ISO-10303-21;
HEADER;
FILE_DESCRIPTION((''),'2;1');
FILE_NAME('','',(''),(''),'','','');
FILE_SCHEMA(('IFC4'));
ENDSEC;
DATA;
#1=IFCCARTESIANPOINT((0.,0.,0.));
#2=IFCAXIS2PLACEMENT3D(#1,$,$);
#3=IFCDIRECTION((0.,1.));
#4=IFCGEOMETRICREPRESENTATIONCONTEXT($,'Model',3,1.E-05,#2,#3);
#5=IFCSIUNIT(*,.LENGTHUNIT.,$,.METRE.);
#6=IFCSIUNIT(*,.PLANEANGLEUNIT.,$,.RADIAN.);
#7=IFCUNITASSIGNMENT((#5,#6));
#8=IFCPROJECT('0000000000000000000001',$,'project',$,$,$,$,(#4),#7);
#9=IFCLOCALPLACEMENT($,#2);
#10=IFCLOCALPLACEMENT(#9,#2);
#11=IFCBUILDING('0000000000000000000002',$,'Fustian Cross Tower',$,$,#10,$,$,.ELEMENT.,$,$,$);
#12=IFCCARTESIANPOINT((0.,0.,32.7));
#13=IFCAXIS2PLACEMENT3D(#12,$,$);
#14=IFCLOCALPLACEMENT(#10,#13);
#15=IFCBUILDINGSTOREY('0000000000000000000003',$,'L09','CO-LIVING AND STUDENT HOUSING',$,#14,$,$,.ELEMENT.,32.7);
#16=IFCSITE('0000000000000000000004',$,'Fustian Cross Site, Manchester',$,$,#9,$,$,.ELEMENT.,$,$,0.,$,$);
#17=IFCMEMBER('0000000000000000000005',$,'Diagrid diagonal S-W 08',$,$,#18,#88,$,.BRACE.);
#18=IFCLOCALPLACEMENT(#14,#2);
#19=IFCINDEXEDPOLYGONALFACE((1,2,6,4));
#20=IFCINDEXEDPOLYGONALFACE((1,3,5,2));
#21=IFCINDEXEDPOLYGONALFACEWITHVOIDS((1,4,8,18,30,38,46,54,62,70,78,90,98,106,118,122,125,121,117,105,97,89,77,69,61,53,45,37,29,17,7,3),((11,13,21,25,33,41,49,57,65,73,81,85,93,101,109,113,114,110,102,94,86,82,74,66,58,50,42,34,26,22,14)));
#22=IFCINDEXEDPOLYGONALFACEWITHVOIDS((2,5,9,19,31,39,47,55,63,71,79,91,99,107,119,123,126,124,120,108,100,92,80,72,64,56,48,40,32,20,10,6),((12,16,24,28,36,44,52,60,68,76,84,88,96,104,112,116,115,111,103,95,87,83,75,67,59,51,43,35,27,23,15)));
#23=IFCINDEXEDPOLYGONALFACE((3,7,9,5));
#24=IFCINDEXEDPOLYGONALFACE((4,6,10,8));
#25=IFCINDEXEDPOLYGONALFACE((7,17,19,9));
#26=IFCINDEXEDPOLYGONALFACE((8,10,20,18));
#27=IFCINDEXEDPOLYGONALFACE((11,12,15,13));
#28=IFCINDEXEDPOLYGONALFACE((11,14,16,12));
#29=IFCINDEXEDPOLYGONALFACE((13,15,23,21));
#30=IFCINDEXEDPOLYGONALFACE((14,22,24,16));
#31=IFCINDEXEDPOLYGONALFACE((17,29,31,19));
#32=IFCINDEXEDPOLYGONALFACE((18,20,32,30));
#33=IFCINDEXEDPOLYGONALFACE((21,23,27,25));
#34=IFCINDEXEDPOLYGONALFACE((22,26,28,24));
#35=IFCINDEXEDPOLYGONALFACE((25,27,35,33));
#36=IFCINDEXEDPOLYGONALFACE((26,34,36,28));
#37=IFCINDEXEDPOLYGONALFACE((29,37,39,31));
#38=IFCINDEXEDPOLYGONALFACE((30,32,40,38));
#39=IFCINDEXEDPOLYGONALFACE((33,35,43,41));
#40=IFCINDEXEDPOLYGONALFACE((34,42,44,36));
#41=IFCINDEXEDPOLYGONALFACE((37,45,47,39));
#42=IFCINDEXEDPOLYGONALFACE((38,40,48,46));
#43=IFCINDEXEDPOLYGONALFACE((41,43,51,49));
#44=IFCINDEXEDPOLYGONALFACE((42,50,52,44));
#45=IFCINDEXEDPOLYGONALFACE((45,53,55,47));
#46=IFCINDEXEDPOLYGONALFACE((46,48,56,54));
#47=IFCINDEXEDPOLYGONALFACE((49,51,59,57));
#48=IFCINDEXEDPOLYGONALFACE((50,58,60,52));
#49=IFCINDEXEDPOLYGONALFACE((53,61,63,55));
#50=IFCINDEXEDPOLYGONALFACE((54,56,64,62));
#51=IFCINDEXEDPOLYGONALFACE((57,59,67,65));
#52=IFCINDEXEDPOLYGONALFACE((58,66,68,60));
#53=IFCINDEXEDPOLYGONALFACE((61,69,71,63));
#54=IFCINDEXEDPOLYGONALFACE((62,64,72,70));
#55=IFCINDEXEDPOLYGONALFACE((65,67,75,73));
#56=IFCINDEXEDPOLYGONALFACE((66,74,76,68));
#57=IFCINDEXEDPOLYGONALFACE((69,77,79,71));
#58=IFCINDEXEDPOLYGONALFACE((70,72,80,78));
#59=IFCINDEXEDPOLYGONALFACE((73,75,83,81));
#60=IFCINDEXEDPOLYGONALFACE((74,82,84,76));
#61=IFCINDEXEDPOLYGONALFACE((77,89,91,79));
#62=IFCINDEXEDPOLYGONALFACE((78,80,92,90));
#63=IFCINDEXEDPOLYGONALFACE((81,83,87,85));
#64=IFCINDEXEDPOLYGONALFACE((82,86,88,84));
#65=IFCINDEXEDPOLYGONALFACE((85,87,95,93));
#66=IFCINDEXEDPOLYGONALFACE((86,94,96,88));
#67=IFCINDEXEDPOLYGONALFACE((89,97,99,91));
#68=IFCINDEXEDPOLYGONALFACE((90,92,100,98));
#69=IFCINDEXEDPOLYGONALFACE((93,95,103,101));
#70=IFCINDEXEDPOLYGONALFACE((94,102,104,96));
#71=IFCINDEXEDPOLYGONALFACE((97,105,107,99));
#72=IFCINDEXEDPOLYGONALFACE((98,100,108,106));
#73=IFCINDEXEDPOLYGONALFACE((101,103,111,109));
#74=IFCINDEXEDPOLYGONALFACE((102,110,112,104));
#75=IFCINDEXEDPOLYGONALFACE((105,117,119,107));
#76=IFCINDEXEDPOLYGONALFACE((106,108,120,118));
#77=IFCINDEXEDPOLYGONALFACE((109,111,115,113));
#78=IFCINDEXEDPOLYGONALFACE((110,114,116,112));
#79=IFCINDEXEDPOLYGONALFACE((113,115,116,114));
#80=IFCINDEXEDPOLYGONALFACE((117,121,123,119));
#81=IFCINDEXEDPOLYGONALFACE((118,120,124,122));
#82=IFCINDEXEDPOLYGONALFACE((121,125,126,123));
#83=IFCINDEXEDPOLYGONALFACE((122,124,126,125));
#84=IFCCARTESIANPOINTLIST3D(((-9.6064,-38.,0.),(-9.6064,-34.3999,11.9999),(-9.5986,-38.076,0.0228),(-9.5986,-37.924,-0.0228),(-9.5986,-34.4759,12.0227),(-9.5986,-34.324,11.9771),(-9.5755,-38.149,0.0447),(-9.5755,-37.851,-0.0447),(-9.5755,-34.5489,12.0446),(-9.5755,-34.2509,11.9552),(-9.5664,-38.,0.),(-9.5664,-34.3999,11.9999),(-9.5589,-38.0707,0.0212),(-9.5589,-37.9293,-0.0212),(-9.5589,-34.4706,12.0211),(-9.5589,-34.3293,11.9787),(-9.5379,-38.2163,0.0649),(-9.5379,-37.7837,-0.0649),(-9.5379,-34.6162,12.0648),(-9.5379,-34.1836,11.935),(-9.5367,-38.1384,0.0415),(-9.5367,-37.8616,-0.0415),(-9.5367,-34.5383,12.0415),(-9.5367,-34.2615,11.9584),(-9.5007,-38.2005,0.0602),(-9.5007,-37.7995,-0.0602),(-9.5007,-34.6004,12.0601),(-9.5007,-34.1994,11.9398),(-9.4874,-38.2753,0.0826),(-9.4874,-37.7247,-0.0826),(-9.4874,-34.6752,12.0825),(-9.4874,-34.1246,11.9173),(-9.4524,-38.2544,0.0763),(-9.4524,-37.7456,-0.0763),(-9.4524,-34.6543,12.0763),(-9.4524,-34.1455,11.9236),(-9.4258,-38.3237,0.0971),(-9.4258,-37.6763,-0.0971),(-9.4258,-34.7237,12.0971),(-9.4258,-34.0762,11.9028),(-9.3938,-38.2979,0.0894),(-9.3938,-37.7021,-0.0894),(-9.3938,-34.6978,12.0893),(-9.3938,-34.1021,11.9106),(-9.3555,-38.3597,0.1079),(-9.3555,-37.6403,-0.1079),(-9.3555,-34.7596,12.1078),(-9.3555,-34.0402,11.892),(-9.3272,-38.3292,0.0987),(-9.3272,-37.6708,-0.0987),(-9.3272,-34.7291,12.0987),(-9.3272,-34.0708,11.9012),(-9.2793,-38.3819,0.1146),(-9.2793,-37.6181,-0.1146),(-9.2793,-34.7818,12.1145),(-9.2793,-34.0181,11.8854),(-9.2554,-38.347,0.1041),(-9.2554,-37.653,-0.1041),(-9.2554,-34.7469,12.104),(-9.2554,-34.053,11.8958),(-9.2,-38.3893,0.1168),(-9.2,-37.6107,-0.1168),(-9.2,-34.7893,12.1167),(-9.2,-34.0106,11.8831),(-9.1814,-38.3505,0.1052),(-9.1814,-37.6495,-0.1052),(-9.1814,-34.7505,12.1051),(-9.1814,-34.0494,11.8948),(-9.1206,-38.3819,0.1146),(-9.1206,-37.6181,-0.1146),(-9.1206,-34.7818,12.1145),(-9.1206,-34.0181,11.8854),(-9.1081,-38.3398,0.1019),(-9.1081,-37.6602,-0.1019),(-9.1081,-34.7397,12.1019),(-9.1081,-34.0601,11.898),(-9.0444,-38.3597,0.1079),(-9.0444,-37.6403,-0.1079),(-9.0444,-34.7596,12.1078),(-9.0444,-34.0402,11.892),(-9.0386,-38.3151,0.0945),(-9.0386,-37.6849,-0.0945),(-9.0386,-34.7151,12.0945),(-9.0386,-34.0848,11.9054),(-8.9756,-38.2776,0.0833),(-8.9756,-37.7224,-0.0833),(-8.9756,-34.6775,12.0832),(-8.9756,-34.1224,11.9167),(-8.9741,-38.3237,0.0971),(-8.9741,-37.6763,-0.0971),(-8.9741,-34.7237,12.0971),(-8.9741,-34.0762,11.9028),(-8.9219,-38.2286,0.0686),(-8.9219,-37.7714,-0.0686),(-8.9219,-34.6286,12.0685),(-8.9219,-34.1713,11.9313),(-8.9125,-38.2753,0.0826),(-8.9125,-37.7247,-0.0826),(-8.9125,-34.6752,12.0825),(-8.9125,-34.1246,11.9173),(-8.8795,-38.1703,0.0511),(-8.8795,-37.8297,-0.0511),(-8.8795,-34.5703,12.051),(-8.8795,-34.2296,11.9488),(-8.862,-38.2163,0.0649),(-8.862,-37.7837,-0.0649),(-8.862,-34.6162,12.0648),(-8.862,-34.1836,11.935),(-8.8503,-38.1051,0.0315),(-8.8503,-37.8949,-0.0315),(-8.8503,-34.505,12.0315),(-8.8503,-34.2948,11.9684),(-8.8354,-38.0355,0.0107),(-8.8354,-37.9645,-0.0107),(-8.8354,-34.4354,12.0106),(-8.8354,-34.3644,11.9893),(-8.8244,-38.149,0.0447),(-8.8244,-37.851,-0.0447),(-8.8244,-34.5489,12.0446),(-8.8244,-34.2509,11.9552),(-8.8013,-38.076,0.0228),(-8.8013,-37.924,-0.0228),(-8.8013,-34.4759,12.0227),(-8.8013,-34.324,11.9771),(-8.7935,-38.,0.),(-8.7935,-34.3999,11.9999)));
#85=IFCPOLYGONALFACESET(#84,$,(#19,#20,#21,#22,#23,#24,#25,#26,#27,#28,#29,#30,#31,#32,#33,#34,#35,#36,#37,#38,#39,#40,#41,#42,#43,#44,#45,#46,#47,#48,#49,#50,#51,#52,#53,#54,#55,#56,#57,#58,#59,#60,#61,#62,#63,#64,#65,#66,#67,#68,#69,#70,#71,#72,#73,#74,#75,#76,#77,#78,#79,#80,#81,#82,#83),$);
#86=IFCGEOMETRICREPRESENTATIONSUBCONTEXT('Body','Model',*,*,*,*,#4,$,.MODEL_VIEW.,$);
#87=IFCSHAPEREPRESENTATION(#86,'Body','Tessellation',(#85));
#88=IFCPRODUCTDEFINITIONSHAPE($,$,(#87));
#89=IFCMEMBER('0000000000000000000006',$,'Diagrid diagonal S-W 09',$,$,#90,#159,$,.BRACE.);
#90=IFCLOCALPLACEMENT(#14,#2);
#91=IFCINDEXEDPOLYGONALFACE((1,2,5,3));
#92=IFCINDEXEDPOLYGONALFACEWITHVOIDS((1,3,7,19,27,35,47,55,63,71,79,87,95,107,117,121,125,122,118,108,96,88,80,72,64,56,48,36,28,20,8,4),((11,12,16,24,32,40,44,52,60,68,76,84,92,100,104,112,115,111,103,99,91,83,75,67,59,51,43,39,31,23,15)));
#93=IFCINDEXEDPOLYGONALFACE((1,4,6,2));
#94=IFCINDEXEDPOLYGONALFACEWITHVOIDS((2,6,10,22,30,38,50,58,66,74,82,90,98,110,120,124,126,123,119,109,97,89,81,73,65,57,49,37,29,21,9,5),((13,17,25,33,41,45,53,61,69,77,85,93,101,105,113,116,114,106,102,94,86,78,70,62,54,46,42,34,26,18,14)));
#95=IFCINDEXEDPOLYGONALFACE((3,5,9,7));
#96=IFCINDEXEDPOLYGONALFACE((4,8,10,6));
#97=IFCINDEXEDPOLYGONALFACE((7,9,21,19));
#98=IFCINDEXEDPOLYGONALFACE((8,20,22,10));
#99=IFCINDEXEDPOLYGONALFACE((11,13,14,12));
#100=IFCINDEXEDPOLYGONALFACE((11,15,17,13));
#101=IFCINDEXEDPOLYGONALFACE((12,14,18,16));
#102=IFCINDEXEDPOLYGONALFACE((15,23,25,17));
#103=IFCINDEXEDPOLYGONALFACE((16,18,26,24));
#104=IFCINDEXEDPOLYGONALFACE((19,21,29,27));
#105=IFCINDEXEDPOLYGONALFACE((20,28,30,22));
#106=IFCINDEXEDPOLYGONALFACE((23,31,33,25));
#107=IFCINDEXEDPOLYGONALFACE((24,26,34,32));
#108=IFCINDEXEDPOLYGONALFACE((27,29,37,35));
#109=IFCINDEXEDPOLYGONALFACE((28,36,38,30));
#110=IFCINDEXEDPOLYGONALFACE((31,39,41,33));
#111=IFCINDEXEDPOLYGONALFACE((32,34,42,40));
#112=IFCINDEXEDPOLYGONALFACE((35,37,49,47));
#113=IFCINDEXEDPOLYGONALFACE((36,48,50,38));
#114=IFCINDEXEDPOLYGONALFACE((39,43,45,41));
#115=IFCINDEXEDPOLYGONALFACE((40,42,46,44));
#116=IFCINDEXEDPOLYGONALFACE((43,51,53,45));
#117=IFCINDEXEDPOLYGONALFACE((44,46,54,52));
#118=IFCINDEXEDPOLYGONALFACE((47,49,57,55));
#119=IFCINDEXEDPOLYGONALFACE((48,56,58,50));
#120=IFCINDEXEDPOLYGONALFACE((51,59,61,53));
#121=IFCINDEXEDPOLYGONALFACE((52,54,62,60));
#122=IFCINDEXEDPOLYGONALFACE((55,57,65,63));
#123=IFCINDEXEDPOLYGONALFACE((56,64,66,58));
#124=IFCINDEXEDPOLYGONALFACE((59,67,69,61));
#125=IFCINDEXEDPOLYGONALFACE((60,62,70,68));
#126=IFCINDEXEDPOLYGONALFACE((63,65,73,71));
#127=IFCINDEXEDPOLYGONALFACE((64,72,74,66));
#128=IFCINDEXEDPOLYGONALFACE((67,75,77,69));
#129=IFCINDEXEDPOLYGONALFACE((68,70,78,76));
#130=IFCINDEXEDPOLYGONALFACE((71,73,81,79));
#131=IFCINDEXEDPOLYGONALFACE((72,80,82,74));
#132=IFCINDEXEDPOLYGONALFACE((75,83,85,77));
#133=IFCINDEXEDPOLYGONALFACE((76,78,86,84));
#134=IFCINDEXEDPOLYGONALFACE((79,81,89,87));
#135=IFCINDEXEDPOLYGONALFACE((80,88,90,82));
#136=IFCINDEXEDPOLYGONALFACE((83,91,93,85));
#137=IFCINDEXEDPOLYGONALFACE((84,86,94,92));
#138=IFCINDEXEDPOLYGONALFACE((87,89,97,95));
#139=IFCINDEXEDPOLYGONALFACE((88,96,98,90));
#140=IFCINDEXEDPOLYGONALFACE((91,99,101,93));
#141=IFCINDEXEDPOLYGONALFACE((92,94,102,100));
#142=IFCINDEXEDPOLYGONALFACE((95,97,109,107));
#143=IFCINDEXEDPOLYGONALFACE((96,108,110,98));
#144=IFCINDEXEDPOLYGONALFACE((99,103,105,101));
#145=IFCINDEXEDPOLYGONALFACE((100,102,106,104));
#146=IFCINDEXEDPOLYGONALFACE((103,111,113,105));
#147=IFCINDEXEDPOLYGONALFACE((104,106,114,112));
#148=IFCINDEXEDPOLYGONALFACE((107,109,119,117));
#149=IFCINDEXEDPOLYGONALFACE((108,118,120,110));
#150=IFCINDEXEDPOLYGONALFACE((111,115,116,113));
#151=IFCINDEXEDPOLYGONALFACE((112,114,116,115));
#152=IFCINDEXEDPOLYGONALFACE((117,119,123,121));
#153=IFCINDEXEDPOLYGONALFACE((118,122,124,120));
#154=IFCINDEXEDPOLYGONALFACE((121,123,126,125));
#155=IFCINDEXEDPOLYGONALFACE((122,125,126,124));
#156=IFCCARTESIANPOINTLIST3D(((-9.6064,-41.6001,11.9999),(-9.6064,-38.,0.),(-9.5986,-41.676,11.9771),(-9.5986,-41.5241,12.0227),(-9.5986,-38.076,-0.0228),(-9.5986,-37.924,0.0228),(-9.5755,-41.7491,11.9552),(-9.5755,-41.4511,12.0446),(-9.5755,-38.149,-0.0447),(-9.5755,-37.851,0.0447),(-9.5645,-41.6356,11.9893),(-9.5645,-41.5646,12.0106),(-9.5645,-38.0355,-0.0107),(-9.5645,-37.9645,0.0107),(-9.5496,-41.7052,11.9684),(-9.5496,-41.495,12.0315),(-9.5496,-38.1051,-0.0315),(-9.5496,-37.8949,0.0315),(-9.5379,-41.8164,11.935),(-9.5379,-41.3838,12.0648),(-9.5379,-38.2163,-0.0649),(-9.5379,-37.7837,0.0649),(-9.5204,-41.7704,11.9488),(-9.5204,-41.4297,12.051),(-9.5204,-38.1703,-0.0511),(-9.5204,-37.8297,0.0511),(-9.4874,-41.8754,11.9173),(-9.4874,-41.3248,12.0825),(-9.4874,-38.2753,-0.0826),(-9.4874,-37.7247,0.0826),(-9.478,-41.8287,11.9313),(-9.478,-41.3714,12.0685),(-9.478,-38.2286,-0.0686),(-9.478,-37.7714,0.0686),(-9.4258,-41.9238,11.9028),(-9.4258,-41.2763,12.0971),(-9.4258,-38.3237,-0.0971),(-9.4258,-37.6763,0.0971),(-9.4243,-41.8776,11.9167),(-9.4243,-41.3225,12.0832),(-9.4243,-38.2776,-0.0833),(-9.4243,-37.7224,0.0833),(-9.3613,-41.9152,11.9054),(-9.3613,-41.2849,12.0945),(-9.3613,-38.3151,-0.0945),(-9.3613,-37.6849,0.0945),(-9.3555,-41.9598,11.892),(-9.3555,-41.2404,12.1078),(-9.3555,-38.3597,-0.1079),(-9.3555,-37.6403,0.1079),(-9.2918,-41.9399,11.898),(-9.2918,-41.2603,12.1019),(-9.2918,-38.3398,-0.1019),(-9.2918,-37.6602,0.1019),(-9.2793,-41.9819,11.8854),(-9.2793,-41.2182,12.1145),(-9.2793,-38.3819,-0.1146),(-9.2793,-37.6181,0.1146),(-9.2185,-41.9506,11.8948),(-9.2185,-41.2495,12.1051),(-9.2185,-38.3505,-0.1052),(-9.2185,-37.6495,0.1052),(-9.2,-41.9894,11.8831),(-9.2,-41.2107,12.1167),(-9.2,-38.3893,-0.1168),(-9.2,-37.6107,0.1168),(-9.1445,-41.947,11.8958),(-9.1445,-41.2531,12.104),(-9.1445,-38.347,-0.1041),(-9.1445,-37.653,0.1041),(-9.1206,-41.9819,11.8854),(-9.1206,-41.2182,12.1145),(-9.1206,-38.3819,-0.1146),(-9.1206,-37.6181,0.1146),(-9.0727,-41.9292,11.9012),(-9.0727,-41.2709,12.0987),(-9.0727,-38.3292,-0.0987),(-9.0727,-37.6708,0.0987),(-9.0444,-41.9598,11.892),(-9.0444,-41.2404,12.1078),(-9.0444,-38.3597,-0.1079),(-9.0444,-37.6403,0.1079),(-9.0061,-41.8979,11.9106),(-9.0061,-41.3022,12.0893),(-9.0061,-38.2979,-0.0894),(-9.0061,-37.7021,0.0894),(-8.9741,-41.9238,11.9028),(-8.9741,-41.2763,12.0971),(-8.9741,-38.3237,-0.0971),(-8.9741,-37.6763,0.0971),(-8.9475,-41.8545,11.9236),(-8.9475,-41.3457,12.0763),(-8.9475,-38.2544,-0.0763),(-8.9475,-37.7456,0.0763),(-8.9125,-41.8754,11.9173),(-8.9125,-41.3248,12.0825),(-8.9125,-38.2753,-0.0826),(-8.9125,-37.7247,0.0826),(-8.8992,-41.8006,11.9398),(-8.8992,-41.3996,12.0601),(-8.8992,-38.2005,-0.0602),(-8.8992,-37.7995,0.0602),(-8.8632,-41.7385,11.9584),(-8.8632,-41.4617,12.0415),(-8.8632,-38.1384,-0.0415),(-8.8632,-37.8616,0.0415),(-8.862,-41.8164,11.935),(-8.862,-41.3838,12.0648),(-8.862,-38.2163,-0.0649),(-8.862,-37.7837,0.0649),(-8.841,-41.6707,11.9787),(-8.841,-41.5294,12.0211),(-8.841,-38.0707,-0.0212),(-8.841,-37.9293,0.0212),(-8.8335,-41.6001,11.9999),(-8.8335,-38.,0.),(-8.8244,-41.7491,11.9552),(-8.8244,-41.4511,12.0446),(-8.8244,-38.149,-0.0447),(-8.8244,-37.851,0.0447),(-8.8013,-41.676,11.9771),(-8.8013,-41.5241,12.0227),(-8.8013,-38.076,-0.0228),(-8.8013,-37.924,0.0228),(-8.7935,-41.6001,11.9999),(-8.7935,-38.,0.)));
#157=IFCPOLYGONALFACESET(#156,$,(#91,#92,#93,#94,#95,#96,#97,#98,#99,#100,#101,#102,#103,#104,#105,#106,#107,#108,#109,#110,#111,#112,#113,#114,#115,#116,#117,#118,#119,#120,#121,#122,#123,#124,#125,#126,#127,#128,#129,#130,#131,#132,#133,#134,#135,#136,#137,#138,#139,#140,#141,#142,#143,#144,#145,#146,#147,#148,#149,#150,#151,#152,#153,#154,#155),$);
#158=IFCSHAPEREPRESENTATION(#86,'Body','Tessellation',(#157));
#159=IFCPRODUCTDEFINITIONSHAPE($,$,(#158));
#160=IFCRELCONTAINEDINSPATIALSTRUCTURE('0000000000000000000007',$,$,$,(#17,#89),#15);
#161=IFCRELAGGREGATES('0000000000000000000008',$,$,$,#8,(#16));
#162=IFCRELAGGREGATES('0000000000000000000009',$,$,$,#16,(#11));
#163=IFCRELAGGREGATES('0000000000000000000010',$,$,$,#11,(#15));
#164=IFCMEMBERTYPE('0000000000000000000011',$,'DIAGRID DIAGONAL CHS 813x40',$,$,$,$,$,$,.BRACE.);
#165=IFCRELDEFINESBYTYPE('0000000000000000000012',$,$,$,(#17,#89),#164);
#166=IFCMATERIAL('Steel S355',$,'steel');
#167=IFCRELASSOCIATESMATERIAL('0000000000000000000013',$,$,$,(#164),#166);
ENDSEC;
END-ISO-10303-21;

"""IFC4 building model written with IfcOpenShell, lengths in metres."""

from ifc_helpers import new_model, si_unit, direction, frame, origin, origin_2d, place, context, subcontext, project, spatial, hollow_circle, extrude, material, material_profile, profile_set, type_object, element, save


model = new_model("IFC4")

# Units and contexts
model_context = context("Model", 3, precision=1e-05, world=origin(), true_north=direction((0.0, 1.0)))
body_context = subcontext(model_context, "Body", "Model", "MODEL_VIEW")
ifc_project = project(units=[si_unit("LENGTHUNIT", "METRE"), si_unit("PLANEANGLEUNIT", "RADIAN")], contexts=[model_context])

# Site, building, storey
site_placement = place(None, origin())
site = spatial("IfcSite", under=ifc_project, at=site_placement, Name="Fustian Cross Site, Manchester", CompositionType="ELEMENT", RefElevation=0.0)
building_placement = place(site_placement, origin())
building = spatial("IfcBuilding", under=site, at=building_placement, Name="Fustian Cross Tower", CompositionType="ELEMENT")
storey_placement = place(building_placement, frame((0.0, 0.0, 32.7)))
storey = spatial("IfcBuildingStorey", under=building, at=storey_placement, Name="L09", Description="CO-LIVING AND STUDENT HOUSING", CompositionType="ELEMENT", Elevation=32.7)

# Members
ifc_material_1 = material(Name="Steel S355", Category="steel")
ifc_material_profile_1 = material_profile(ifc_material_1, hollow_circle(Radius=0.4065, WallThickness=0.04, at=origin_2d()), Name="CHS 813x40")
ifc_profile_set_1 = profile_set([ifc_material_profile_1], Name="Steel S355")
member_type_1 = type_object("IfcMemberType", Name="DIAGRID DIAGONAL CHS 813x40", PredefinedType="BRACE", material=ifc_profile_set_1)
for number, where, z_axis, x_axis, name in (
    (1, (-9.2, -38.0, 0.0), (0.0, 0.287355, 0.957824), (-1.0, 0.0, 0.0), "Diagrid diagonal S-W 08"),
    (2, (-9.2, -38.0, 0.0), (0.0, -0.287355, 0.957824), (1.0, 0.0, 0.0), "Diagrid diagonal S-W 09"),
):
    element("IfcMember", number, at=place(storey_placement, frame(where, z_axis=z_axis, x_axis=x_axis)), inside=storey, type_object=member_type_1, Name=name, PredefinedType="BRACE", context=body_context, shape_type="SweptSolid", body=[
        extrude(hollow_circle(Radius=0.4065, WallThickness=0.04, at=origin_2d()), origin(), (0.0, 0.0, 1.0), 12.5283),
    ])

save(model, "model.ifc")
